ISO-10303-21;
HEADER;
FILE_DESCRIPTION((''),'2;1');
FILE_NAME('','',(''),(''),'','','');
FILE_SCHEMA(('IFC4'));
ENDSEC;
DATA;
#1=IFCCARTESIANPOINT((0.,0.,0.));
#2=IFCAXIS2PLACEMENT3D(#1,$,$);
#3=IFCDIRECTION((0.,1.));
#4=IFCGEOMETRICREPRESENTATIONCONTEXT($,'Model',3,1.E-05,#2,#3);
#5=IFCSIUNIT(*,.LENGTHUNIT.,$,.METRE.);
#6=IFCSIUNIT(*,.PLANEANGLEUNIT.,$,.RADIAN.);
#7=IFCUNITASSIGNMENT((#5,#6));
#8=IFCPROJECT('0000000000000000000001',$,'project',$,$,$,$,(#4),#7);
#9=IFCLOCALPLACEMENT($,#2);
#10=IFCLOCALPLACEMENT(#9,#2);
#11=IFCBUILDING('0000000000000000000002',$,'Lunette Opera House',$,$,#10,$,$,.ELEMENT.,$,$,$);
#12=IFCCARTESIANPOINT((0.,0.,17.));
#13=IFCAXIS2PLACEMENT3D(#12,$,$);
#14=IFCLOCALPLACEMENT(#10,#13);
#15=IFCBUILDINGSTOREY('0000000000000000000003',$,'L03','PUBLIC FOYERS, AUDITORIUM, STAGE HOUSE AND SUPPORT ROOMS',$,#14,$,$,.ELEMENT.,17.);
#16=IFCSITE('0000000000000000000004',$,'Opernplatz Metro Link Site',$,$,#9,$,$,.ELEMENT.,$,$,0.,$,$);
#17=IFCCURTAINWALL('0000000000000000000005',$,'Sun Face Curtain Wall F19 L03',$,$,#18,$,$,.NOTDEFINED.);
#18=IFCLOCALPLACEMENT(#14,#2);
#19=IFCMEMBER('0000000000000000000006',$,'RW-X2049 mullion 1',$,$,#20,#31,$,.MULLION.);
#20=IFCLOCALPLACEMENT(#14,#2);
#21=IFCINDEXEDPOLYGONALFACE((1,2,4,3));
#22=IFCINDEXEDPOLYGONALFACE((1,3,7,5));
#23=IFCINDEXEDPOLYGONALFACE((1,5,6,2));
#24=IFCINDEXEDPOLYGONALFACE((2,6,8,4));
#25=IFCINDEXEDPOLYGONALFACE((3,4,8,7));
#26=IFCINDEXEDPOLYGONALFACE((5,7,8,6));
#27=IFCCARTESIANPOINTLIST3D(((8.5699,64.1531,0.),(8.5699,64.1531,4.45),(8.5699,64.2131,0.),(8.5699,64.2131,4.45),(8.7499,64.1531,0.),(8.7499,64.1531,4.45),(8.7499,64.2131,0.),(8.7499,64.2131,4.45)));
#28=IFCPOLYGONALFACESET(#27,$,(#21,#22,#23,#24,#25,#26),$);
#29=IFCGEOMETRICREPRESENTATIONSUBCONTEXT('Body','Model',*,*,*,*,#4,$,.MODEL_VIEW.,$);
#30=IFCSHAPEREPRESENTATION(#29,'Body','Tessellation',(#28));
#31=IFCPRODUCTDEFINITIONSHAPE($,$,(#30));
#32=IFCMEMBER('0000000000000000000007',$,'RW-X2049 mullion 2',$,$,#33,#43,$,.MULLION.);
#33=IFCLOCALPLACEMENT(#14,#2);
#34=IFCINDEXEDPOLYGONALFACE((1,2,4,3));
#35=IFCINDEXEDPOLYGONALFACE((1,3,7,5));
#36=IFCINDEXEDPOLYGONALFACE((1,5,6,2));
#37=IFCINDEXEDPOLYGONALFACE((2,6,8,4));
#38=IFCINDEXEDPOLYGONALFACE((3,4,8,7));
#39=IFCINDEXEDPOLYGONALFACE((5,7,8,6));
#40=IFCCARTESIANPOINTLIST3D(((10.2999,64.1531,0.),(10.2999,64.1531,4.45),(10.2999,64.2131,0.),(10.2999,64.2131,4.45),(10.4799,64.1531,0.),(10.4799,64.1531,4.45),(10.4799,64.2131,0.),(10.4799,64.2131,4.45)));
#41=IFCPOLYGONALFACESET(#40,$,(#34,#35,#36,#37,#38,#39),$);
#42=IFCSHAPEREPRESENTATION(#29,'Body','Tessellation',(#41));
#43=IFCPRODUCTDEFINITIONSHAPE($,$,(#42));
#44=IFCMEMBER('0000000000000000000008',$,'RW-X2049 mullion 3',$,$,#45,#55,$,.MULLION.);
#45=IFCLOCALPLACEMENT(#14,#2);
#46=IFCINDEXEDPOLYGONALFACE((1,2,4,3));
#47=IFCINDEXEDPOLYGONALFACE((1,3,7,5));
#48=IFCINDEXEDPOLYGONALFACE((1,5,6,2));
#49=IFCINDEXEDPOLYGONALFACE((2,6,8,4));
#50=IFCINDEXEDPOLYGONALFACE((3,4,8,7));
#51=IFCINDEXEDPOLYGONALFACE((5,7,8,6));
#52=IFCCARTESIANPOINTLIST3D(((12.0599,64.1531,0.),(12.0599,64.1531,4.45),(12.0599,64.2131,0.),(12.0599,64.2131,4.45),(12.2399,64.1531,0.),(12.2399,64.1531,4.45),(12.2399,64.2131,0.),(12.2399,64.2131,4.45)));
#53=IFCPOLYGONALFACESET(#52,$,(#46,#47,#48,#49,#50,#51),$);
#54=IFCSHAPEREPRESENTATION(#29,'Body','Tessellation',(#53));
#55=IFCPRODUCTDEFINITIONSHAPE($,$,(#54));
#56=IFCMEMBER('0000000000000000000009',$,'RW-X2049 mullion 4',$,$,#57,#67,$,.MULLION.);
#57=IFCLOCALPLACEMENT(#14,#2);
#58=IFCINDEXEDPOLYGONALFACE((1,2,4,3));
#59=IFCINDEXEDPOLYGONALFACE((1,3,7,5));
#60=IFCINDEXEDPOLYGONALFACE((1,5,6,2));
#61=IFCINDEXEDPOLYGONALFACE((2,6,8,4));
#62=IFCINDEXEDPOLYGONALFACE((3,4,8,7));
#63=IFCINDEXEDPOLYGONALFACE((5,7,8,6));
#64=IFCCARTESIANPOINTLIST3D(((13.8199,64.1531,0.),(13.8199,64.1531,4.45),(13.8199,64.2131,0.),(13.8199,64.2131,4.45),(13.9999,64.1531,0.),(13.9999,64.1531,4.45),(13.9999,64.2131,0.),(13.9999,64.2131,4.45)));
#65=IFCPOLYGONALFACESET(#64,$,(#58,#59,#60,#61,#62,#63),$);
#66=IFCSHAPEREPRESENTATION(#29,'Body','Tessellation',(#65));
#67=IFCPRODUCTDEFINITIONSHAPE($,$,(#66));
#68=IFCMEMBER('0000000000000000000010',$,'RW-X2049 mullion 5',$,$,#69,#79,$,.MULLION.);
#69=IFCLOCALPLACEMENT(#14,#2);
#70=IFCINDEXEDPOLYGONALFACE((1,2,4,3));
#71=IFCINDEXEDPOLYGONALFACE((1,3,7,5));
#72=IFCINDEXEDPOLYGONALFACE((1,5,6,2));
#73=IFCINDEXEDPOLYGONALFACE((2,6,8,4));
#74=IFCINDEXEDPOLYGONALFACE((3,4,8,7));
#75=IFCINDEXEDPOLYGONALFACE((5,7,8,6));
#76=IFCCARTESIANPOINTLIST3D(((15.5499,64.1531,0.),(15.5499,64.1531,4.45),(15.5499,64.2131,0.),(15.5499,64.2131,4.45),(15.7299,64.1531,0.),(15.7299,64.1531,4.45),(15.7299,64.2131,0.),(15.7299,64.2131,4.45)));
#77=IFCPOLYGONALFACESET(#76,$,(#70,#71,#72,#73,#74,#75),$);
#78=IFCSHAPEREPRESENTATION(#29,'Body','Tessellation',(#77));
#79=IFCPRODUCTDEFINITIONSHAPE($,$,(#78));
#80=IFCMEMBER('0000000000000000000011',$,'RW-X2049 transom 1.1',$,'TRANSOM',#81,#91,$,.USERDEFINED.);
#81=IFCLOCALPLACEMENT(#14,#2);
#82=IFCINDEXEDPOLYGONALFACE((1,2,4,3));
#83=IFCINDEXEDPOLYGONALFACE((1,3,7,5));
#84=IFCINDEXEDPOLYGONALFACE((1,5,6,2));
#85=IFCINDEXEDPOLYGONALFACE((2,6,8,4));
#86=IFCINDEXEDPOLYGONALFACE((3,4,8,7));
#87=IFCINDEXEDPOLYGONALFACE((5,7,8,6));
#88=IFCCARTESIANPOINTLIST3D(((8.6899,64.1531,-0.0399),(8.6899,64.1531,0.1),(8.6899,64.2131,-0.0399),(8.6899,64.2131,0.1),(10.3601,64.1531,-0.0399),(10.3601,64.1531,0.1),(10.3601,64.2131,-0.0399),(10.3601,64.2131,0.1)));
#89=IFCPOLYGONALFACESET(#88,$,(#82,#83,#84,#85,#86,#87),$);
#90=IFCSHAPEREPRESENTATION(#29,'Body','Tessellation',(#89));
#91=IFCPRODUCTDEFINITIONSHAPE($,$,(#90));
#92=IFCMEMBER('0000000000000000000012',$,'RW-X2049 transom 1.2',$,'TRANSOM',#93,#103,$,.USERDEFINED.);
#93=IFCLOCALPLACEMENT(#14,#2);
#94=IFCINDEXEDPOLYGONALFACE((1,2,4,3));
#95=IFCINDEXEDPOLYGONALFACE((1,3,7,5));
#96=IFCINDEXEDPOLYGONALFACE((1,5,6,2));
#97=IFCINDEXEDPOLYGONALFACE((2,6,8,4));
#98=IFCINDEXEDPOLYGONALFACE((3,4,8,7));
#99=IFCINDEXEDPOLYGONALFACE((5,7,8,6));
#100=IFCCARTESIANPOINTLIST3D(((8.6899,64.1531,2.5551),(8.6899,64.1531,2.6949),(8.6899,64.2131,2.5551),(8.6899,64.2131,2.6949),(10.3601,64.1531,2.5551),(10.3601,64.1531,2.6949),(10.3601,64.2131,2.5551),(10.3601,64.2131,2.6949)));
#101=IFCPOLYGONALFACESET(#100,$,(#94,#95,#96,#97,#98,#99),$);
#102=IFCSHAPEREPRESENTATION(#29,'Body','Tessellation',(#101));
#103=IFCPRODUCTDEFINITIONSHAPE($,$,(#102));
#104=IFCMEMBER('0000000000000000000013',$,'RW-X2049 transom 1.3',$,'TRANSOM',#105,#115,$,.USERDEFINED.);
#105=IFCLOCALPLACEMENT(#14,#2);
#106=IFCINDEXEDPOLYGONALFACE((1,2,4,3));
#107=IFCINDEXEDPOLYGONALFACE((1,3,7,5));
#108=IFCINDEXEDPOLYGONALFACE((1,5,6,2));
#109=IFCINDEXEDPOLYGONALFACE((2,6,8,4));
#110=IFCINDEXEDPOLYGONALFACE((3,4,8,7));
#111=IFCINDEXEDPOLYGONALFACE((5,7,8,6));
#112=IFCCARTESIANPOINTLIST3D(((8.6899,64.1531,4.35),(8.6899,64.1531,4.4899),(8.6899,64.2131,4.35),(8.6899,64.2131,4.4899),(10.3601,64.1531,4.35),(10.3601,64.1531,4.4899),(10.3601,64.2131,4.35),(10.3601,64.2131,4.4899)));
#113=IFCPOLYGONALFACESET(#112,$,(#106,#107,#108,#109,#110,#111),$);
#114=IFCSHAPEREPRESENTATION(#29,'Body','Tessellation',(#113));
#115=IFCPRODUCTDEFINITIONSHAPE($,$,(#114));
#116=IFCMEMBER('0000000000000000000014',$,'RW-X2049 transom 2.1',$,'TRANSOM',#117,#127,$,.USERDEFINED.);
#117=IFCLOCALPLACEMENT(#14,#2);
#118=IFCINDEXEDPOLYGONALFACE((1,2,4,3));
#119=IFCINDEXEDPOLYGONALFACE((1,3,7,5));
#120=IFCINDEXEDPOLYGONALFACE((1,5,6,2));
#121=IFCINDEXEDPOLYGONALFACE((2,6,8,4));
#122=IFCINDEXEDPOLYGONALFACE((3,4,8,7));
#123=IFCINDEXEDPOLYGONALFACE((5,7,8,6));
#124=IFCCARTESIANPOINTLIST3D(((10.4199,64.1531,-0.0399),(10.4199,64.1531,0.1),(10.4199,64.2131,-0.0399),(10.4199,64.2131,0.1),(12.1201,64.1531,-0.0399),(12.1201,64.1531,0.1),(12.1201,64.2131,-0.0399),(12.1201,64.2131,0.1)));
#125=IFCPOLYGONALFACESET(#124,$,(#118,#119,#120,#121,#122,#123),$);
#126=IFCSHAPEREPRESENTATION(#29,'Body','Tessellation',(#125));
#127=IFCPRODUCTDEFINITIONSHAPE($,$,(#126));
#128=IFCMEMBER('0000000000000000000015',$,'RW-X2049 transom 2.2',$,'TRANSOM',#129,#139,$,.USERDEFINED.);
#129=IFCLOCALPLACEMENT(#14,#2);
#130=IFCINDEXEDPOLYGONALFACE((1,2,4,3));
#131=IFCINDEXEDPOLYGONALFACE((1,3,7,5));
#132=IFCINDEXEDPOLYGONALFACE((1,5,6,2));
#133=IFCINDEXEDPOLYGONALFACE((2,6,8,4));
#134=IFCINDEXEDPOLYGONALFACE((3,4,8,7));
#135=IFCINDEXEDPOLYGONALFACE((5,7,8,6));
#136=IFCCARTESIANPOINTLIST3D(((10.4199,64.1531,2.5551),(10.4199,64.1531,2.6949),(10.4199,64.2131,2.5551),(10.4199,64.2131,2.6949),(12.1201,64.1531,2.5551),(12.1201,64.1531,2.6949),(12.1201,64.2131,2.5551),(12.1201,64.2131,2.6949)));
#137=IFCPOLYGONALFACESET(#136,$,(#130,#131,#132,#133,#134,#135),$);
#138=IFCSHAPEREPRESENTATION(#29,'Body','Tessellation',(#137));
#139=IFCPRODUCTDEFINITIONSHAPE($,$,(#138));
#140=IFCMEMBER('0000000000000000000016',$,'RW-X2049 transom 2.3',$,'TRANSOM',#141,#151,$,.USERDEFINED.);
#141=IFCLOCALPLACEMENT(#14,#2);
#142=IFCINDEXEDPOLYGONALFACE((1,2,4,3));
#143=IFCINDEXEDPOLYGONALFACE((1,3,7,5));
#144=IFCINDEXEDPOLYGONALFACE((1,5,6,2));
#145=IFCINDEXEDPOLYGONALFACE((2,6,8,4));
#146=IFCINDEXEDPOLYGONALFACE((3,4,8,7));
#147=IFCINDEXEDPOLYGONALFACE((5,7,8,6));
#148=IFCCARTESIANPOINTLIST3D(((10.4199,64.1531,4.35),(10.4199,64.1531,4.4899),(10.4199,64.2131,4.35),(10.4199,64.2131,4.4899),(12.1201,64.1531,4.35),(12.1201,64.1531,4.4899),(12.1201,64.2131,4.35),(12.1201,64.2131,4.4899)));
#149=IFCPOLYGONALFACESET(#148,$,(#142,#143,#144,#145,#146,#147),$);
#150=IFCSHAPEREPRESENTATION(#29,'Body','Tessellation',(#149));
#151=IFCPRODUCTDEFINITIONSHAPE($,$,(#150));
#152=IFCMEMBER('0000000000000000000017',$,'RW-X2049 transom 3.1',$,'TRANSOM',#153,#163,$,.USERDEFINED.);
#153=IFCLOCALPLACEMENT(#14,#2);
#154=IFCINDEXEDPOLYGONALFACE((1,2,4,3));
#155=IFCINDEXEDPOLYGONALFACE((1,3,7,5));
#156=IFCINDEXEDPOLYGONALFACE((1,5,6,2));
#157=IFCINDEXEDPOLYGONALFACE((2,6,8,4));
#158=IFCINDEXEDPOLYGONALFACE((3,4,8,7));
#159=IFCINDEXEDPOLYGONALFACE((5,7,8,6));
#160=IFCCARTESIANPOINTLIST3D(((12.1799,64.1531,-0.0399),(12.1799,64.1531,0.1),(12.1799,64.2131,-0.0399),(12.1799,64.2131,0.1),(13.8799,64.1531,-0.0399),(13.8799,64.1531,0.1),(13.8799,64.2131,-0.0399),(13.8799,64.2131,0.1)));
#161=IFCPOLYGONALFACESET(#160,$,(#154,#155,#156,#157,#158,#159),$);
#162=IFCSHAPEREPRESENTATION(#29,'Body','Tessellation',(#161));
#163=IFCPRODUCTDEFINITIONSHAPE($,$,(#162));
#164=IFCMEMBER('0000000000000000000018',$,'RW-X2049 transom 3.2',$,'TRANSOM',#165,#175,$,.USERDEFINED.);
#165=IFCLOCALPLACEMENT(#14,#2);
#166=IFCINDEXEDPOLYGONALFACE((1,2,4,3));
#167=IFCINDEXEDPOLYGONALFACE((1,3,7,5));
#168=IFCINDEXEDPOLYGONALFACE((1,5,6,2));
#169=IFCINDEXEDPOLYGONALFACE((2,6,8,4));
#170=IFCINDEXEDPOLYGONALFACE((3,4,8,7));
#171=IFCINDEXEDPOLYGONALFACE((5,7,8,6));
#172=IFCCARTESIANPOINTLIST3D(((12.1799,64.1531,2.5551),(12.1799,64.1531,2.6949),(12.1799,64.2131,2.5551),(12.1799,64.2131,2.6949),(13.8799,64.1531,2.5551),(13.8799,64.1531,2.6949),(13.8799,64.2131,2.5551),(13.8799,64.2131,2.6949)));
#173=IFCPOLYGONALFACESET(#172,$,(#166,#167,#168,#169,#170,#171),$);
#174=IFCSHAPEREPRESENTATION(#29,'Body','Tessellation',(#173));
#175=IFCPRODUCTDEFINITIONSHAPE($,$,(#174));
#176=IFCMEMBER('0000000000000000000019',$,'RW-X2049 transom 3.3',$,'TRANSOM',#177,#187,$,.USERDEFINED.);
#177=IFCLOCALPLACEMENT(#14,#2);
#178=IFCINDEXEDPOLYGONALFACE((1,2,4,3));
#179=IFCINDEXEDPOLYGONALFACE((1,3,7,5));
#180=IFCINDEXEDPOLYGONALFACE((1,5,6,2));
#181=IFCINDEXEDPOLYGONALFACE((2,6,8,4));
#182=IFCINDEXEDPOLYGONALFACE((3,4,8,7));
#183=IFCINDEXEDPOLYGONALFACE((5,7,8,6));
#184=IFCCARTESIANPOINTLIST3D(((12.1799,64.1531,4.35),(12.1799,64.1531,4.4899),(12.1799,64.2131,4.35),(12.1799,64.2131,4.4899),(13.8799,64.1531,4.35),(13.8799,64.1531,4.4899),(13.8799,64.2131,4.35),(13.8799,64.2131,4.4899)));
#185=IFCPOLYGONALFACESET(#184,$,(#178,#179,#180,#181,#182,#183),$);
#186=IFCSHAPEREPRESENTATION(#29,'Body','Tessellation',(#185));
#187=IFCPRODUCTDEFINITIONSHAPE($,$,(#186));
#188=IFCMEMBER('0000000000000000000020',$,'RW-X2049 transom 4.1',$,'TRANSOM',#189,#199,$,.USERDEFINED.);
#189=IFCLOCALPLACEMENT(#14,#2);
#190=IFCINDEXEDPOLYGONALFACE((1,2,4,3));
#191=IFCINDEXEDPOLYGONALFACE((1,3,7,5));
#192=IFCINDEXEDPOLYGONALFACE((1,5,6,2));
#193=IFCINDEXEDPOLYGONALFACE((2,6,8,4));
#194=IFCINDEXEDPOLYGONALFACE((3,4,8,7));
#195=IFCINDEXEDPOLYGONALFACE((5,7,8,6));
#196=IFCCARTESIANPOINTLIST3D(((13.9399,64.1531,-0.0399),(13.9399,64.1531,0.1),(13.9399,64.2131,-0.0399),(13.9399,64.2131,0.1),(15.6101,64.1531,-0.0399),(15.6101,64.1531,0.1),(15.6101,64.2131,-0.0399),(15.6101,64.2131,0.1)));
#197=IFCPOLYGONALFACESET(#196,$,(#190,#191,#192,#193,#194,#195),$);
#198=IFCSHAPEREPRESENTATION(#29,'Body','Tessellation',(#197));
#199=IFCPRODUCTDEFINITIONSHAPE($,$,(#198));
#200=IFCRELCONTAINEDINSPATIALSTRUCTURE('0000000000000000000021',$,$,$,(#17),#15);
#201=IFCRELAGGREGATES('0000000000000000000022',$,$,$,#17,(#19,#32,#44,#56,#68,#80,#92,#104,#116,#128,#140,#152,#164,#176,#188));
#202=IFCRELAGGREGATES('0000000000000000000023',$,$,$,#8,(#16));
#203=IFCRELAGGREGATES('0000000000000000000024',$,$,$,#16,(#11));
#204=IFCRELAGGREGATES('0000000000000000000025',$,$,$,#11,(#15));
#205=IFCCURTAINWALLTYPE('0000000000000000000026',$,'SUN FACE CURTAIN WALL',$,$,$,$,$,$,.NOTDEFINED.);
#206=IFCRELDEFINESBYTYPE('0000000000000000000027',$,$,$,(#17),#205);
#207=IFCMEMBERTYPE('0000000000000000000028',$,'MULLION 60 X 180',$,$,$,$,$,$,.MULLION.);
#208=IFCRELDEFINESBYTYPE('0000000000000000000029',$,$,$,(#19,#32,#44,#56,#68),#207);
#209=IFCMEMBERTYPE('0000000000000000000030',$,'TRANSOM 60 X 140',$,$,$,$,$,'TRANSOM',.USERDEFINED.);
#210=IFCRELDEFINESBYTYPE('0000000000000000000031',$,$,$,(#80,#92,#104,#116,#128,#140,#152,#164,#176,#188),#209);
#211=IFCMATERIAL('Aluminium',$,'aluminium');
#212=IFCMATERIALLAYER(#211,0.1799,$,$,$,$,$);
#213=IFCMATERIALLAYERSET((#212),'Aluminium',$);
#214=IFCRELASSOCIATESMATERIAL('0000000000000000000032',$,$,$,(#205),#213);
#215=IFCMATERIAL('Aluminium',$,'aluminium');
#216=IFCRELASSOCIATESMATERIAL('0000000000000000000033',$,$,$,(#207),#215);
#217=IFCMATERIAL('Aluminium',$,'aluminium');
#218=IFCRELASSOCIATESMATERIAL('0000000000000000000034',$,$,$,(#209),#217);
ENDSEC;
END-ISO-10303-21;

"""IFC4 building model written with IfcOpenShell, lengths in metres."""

from ifc_helpers import new_model, si_unit, direction, frame, origin, origin_2d, place, context, subcontext, project, spatial, rectangle, extrude, material, layer, layer_set, material_profile, profile_set, type_object, element, aggregate, save


model = new_model("IFC4")

# Units and contexts
model_context = context("Model", 3, precision=1e-05, world=origin(), true_north=direction((0.0, 1.0)))
body_context = subcontext(model_context, "Body", "Model", "MODEL_VIEW")
ifc_project = project(units=[si_unit("LENGTHUNIT", "METRE"), si_unit("PLANEANGLEUNIT", "RADIAN")], contexts=[model_context])

# Site, building, storey
site_placement = place(None, origin())
site = spatial("IfcSite", under=ifc_project, at=site_placement, Name="Opernplatz Metro Link Site", CompositionType="ELEMENT", RefElevation=0.0)
building_placement = place(site_placement, origin())
building = spatial("IfcBuilding", under=site, at=building_placement, Name="Lunette Opera House", CompositionType="ELEMENT")
storey_placement = place(building_placement, frame((0.0, 0.0, 17.0)))
storey = spatial("IfcBuildingStorey", under=building, at=storey_placement, Name="L03", Description="PUBLIC FOYERS, AUDITORIUM, STAGE HOUSE AND SUPPORT ROOMS", CompositionType="ELEMENT", Elevation=17.0)

# Curtain wall, members
ifc_material_1 = material(Name="Aluminium", Category="aluminium")
ifc_layer_1 = layer(ifc_material_1, 0.1799)
ifc_layer_set_1 = layer_set([ifc_layer_1], Name="Aluminium")
curtain_wall_type = type_object("IfcCurtainWallType", Name="SUN FACE CURTAIN WALL", PredefinedType="NOTDEFINED", material=ifc_layer_set_1)
curtain_wall_placement = place(storey_placement, origin())
curtain_wall = element("IfcCurtainWall", 1, at=curtain_wall_placement, inside=storey, type_object=curtain_wall_type, Name="Sun Face Curtain Wall F19 L03", PredefinedType="NOTDEFINED")
ifc_material_2 = material(Name="Aluminium", Category="aluminium")
ifc_material_profile_1 = material_profile(ifc_material_2, rectangle(XDim=0.0601, YDim=0.1799, at=origin_2d()), Name="MULLION 60 X 180")
ifc_profile_set_1 = profile_set([ifc_material_profile_1], Name="Aluminium")
member_type_1 = type_object("IfcMemberType", Name="MULLION 60 X 180", PredefinedType="MULLION", material=ifc_profile_set_1)
member_1_placement = place(storey_placement, frame((8.6599, 64.1831, 0.0), z_axis=(0.0, 0.0, 1.0), x_axis=(0.0, 1.0, 0.0)))
member_1 = element("IfcMember", 2, at=member_1_placement, type_object=member_type_1, Name="RW-X2049 mullion 1", PredefinedType="MULLION", context=body_context, shape_type="SweptSolid", body=[
    extrude(rectangle(XDim=0.0601, YDim=0.1799, at=origin_2d()), origin(), (0.0, 0.0, 1.0), 4.45),
])
member_2_placement = place(storey_placement, frame((10.3899, 64.1831, 0.0), z_axis=(0.0, 0.0, 1.0), x_axis=(0.0, 1.0, 0.0)))
member_2 = element("IfcMember", 3, at=member_2_placement, type_object=member_type_1, Name="RW-X2049 mullion 2", PredefinedType="MULLION", context=body_context, shape_type="SweptSolid", body=[
    extrude(rectangle(XDim=0.0601, YDim=0.1799, at=origin_2d()), origin(), (0.0, 0.0, 1.0), 4.45),
])
member_3_placement = place(storey_placement, frame((12.1499, 64.1831, 0.0), z_axis=(0.0, 0.0, 1.0), x_axis=(0.0, 1.0, 0.0)))
member_3 = element("IfcMember", 4, at=member_3_placement, type_object=member_type_1, Name="RW-X2049 mullion 3", PredefinedType="MULLION", context=body_context, shape_type="SweptSolid", body=[
    extrude(rectangle(XDim=0.0601, YDim=0.1799, at=origin_2d()), origin(), (0.0, 0.0, 1.0), 4.45),
])
member_4_placement = place(storey_placement, frame((13.9099, 64.1831, 0.0), z_axis=(0.0, 0.0, 1.0), x_axis=(0.0, 1.0, 0.0)))
member_4 = element("IfcMember", 5, at=member_4_placement, type_object=member_type_1, Name="RW-X2049 mullion 4", PredefinedType="MULLION", context=body_context, shape_type="SweptSolid", body=[
    extrude(rectangle(XDim=0.0601, YDim=0.1799, at=origin_2d()), origin(), (0.0, 0.0, 1.0), 4.45),
])
member_5_placement = place(storey_placement, frame((15.6399, 64.1831, 0.0), z_axis=(0.0, 0.0, 1.0), x_axis=(0.0, 1.0, 0.0)))
member_5 = element("IfcMember", 6, at=member_5_placement, type_object=member_type_1, Name="RW-X2049 mullion 5", PredefinedType="MULLION", context=body_context, shape_type="SweptSolid", body=[
    extrude(rectangle(XDim=0.0601, YDim=0.1799, at=origin_2d()), origin(), (0.0, 0.0, 1.0), 4.45),
])
ifc_material_3 = material(Name="Aluminium", Category="aluminium")
ifc_material_profile_2 = material_profile(ifc_material_3, rectangle(XDim=0.0601, YDim=0.1399, at=origin_2d()), Name="TRANSOM 60 X 140")
ifc_profile_set_2 = profile_set([ifc_material_profile_2], Name="Aluminium")
member_type_2 = type_object("IfcMemberType", Name="TRANSOM 60 X 140", ElementType="TRANSOM", PredefinedType="USERDEFINED", material=ifc_profile_set_2)
member_6_placement = place(storey_placement, frame((8.6899, 64.1831, 0.03), z_axis=(1.0, 0.0, 0.0), x_axis=(0.0, 1.0, 0.0)))
member_6 = element("IfcMember", 7, at=member_6_placement, type_object=member_type_2, Name="RW-X2049 transom 1.1", ObjectType="TRANSOM", PredefinedType="USERDEFINED", context=body_context, shape_type="SweptSolid", body=[
    extrude(rectangle(XDim=0.0601, YDim=0.1399, at=origin_2d()), origin(), (0.0, 0.0, 1.0), 1.6702),
])
member_7_placement = place(storey_placement, frame((8.6899, 64.1831, 2.625), z_axis=(1.0, 0.0, 0.0), x_axis=(0.0, 1.0, 0.0)))
member_7 = element("IfcMember", 8, at=member_7_placement, type_object=member_type_2, Name="RW-X2049 transom 1.2", ObjectType="TRANSOM", PredefinedType="USERDEFINED", context=body_context, shape_type="SweptSolid", body=[
    extrude(rectangle(XDim=0.0601, YDim=0.1399, at=origin_2d()), origin(), (0.0, 0.0, 1.0), 1.6702),
])
member_8_placement = place(storey_placement, frame((8.6899, 64.1831, 4.4199), z_axis=(1.0, 0.0, 0.0), x_axis=(0.0, 1.0, 0.0)))
member_8 = element("IfcMember", 9, at=member_8_placement, type_object=member_type_2, Name="RW-X2049 transom 1.3", ObjectType="TRANSOM", PredefinedType="USERDEFINED", context=body_context, shape_type="SweptSolid", body=[
    extrude(rectangle(XDim=0.0601, YDim=0.1399, at=origin_2d()), origin(), (0.0, 0.0, 1.0), 1.6702),
])
member_9_placement = place(storey_placement, frame((10.4199, 64.1831, 0.03), z_axis=(1.0, 0.0, 0.0), x_axis=(0.0, 1.0, 0.0)))
member_9 = element("IfcMember", 10, at=member_9_placement, type_object=member_type_2, Name="RW-X2049 transom 2.1", ObjectType="TRANSOM", PredefinedType="USERDEFINED", context=body_context, shape_type="SweptSolid", body=[
    extrude(rectangle(XDim=0.0601, YDim=0.1399, at=origin_2d()), origin(), (0.0, 0.0, 1.0), 1.7002),
])
member_10_placement = place(storey_placement, frame((10.4199, 64.1831, 2.625), z_axis=(1.0, 0.0, 0.0), x_axis=(0.0, 1.0, 0.0)))
member_10 = element("IfcMember", 11, at=member_10_placement, type_object=member_type_2, Name="RW-X2049 transom 2.2", ObjectType="TRANSOM", PredefinedType="USERDEFINED", context=body_context, shape_type="SweptSolid", body=[
    extrude(rectangle(XDim=0.0601, YDim=0.1399, at=origin_2d()), origin(), (0.0, 0.0, 1.0), 1.7002),
])
member_11_placement = place(storey_placement, frame((10.4199, 64.1831, 4.4199), z_axis=(1.0, 0.0, 0.0), x_axis=(0.0, 1.0, 0.0)))
member_11 = element("IfcMember", 12, at=member_11_placement, type_object=member_type_2, Name="RW-X2049 transom 2.3", ObjectType="TRANSOM", PredefinedType="USERDEFINED", context=body_context, shape_type="SweptSolid", body=[
    extrude(rectangle(XDim=0.0601, YDim=0.1399, at=origin_2d()), origin(), (0.0, 0.0, 1.0), 1.7002),
])
member_12_placement = place(storey_placement, frame((12.1799, 64.1831, 0.03), z_axis=(1.0, 0.0, 0.0), x_axis=(0.0, 1.0, 0.0)))
member_12 = element("IfcMember", 13, at=member_12_placement, type_object=member_type_2, Name="RW-X2049 transom 3.1", ObjectType="TRANSOM", PredefinedType="USERDEFINED", context=body_context, shape_type="SweptSolid", body=[
    extrude(rectangle(XDim=0.0601, YDim=0.1399, at=origin_2d()), origin(), (0.0, 0.0, 1.0), 1.7),
])
member_13_placement = place(storey_placement, frame((12.1799, 64.1831, 2.625), z_axis=(1.0, 0.0, 0.0), x_axis=(0.0, 1.0, 0.0)))
member_13 = element("IfcMember", 14, at=member_13_placement, type_object=member_type_2, Name="RW-X2049 transom 3.2", ObjectType="TRANSOM", PredefinedType="USERDEFINED", context=body_context, shape_type="SweptSolid", body=[
    extrude(rectangle(XDim=0.0601, YDim=0.1399, at=origin_2d()), origin(), (0.0, 0.0, 1.0), 1.7),
])
member_14_placement = place(storey_placement, frame((12.1799, 64.1831, 4.4199), z_axis=(1.0, 0.0, 0.0), x_axis=(0.0, 1.0, 0.0)))
member_14 = element("IfcMember", 15, at=member_14_placement, type_object=member_type_2, Name="RW-X2049 transom 3.3", ObjectType="TRANSOM", PredefinedType="USERDEFINED", context=body_context, shape_type="SweptSolid", body=[
    extrude(rectangle(XDim=0.0601, YDim=0.1399, at=origin_2d()), origin(), (0.0, 0.0, 1.0), 1.7),
])
member_15_placement = place(storey_placement, frame((13.9399, 64.1831, 0.03), z_axis=(1.0, 0.0, 0.0), x_axis=(0.0, 1.0, 0.0)))
member_15 = element("IfcMember", 16, at=member_15_placement, type_object=member_type_2, Name="RW-X2049 transom 4.1", ObjectType="TRANSOM", PredefinedType="USERDEFINED", context=body_context, shape_type="SweptSolid", body=[
    extrude(rectangle(XDim=0.0601, YDim=0.1399, at=origin_2d()), origin(), (0.0, 0.0, 1.0), 1.6702),
])
aggregate(curtain_wall, [member_1, member_2, member_3, member_4, member_5, member_6, member_7, member_8, member_9, member_10, member_11, member_12, member_13, member_14, member_15])

save(model, "model.ifc")
